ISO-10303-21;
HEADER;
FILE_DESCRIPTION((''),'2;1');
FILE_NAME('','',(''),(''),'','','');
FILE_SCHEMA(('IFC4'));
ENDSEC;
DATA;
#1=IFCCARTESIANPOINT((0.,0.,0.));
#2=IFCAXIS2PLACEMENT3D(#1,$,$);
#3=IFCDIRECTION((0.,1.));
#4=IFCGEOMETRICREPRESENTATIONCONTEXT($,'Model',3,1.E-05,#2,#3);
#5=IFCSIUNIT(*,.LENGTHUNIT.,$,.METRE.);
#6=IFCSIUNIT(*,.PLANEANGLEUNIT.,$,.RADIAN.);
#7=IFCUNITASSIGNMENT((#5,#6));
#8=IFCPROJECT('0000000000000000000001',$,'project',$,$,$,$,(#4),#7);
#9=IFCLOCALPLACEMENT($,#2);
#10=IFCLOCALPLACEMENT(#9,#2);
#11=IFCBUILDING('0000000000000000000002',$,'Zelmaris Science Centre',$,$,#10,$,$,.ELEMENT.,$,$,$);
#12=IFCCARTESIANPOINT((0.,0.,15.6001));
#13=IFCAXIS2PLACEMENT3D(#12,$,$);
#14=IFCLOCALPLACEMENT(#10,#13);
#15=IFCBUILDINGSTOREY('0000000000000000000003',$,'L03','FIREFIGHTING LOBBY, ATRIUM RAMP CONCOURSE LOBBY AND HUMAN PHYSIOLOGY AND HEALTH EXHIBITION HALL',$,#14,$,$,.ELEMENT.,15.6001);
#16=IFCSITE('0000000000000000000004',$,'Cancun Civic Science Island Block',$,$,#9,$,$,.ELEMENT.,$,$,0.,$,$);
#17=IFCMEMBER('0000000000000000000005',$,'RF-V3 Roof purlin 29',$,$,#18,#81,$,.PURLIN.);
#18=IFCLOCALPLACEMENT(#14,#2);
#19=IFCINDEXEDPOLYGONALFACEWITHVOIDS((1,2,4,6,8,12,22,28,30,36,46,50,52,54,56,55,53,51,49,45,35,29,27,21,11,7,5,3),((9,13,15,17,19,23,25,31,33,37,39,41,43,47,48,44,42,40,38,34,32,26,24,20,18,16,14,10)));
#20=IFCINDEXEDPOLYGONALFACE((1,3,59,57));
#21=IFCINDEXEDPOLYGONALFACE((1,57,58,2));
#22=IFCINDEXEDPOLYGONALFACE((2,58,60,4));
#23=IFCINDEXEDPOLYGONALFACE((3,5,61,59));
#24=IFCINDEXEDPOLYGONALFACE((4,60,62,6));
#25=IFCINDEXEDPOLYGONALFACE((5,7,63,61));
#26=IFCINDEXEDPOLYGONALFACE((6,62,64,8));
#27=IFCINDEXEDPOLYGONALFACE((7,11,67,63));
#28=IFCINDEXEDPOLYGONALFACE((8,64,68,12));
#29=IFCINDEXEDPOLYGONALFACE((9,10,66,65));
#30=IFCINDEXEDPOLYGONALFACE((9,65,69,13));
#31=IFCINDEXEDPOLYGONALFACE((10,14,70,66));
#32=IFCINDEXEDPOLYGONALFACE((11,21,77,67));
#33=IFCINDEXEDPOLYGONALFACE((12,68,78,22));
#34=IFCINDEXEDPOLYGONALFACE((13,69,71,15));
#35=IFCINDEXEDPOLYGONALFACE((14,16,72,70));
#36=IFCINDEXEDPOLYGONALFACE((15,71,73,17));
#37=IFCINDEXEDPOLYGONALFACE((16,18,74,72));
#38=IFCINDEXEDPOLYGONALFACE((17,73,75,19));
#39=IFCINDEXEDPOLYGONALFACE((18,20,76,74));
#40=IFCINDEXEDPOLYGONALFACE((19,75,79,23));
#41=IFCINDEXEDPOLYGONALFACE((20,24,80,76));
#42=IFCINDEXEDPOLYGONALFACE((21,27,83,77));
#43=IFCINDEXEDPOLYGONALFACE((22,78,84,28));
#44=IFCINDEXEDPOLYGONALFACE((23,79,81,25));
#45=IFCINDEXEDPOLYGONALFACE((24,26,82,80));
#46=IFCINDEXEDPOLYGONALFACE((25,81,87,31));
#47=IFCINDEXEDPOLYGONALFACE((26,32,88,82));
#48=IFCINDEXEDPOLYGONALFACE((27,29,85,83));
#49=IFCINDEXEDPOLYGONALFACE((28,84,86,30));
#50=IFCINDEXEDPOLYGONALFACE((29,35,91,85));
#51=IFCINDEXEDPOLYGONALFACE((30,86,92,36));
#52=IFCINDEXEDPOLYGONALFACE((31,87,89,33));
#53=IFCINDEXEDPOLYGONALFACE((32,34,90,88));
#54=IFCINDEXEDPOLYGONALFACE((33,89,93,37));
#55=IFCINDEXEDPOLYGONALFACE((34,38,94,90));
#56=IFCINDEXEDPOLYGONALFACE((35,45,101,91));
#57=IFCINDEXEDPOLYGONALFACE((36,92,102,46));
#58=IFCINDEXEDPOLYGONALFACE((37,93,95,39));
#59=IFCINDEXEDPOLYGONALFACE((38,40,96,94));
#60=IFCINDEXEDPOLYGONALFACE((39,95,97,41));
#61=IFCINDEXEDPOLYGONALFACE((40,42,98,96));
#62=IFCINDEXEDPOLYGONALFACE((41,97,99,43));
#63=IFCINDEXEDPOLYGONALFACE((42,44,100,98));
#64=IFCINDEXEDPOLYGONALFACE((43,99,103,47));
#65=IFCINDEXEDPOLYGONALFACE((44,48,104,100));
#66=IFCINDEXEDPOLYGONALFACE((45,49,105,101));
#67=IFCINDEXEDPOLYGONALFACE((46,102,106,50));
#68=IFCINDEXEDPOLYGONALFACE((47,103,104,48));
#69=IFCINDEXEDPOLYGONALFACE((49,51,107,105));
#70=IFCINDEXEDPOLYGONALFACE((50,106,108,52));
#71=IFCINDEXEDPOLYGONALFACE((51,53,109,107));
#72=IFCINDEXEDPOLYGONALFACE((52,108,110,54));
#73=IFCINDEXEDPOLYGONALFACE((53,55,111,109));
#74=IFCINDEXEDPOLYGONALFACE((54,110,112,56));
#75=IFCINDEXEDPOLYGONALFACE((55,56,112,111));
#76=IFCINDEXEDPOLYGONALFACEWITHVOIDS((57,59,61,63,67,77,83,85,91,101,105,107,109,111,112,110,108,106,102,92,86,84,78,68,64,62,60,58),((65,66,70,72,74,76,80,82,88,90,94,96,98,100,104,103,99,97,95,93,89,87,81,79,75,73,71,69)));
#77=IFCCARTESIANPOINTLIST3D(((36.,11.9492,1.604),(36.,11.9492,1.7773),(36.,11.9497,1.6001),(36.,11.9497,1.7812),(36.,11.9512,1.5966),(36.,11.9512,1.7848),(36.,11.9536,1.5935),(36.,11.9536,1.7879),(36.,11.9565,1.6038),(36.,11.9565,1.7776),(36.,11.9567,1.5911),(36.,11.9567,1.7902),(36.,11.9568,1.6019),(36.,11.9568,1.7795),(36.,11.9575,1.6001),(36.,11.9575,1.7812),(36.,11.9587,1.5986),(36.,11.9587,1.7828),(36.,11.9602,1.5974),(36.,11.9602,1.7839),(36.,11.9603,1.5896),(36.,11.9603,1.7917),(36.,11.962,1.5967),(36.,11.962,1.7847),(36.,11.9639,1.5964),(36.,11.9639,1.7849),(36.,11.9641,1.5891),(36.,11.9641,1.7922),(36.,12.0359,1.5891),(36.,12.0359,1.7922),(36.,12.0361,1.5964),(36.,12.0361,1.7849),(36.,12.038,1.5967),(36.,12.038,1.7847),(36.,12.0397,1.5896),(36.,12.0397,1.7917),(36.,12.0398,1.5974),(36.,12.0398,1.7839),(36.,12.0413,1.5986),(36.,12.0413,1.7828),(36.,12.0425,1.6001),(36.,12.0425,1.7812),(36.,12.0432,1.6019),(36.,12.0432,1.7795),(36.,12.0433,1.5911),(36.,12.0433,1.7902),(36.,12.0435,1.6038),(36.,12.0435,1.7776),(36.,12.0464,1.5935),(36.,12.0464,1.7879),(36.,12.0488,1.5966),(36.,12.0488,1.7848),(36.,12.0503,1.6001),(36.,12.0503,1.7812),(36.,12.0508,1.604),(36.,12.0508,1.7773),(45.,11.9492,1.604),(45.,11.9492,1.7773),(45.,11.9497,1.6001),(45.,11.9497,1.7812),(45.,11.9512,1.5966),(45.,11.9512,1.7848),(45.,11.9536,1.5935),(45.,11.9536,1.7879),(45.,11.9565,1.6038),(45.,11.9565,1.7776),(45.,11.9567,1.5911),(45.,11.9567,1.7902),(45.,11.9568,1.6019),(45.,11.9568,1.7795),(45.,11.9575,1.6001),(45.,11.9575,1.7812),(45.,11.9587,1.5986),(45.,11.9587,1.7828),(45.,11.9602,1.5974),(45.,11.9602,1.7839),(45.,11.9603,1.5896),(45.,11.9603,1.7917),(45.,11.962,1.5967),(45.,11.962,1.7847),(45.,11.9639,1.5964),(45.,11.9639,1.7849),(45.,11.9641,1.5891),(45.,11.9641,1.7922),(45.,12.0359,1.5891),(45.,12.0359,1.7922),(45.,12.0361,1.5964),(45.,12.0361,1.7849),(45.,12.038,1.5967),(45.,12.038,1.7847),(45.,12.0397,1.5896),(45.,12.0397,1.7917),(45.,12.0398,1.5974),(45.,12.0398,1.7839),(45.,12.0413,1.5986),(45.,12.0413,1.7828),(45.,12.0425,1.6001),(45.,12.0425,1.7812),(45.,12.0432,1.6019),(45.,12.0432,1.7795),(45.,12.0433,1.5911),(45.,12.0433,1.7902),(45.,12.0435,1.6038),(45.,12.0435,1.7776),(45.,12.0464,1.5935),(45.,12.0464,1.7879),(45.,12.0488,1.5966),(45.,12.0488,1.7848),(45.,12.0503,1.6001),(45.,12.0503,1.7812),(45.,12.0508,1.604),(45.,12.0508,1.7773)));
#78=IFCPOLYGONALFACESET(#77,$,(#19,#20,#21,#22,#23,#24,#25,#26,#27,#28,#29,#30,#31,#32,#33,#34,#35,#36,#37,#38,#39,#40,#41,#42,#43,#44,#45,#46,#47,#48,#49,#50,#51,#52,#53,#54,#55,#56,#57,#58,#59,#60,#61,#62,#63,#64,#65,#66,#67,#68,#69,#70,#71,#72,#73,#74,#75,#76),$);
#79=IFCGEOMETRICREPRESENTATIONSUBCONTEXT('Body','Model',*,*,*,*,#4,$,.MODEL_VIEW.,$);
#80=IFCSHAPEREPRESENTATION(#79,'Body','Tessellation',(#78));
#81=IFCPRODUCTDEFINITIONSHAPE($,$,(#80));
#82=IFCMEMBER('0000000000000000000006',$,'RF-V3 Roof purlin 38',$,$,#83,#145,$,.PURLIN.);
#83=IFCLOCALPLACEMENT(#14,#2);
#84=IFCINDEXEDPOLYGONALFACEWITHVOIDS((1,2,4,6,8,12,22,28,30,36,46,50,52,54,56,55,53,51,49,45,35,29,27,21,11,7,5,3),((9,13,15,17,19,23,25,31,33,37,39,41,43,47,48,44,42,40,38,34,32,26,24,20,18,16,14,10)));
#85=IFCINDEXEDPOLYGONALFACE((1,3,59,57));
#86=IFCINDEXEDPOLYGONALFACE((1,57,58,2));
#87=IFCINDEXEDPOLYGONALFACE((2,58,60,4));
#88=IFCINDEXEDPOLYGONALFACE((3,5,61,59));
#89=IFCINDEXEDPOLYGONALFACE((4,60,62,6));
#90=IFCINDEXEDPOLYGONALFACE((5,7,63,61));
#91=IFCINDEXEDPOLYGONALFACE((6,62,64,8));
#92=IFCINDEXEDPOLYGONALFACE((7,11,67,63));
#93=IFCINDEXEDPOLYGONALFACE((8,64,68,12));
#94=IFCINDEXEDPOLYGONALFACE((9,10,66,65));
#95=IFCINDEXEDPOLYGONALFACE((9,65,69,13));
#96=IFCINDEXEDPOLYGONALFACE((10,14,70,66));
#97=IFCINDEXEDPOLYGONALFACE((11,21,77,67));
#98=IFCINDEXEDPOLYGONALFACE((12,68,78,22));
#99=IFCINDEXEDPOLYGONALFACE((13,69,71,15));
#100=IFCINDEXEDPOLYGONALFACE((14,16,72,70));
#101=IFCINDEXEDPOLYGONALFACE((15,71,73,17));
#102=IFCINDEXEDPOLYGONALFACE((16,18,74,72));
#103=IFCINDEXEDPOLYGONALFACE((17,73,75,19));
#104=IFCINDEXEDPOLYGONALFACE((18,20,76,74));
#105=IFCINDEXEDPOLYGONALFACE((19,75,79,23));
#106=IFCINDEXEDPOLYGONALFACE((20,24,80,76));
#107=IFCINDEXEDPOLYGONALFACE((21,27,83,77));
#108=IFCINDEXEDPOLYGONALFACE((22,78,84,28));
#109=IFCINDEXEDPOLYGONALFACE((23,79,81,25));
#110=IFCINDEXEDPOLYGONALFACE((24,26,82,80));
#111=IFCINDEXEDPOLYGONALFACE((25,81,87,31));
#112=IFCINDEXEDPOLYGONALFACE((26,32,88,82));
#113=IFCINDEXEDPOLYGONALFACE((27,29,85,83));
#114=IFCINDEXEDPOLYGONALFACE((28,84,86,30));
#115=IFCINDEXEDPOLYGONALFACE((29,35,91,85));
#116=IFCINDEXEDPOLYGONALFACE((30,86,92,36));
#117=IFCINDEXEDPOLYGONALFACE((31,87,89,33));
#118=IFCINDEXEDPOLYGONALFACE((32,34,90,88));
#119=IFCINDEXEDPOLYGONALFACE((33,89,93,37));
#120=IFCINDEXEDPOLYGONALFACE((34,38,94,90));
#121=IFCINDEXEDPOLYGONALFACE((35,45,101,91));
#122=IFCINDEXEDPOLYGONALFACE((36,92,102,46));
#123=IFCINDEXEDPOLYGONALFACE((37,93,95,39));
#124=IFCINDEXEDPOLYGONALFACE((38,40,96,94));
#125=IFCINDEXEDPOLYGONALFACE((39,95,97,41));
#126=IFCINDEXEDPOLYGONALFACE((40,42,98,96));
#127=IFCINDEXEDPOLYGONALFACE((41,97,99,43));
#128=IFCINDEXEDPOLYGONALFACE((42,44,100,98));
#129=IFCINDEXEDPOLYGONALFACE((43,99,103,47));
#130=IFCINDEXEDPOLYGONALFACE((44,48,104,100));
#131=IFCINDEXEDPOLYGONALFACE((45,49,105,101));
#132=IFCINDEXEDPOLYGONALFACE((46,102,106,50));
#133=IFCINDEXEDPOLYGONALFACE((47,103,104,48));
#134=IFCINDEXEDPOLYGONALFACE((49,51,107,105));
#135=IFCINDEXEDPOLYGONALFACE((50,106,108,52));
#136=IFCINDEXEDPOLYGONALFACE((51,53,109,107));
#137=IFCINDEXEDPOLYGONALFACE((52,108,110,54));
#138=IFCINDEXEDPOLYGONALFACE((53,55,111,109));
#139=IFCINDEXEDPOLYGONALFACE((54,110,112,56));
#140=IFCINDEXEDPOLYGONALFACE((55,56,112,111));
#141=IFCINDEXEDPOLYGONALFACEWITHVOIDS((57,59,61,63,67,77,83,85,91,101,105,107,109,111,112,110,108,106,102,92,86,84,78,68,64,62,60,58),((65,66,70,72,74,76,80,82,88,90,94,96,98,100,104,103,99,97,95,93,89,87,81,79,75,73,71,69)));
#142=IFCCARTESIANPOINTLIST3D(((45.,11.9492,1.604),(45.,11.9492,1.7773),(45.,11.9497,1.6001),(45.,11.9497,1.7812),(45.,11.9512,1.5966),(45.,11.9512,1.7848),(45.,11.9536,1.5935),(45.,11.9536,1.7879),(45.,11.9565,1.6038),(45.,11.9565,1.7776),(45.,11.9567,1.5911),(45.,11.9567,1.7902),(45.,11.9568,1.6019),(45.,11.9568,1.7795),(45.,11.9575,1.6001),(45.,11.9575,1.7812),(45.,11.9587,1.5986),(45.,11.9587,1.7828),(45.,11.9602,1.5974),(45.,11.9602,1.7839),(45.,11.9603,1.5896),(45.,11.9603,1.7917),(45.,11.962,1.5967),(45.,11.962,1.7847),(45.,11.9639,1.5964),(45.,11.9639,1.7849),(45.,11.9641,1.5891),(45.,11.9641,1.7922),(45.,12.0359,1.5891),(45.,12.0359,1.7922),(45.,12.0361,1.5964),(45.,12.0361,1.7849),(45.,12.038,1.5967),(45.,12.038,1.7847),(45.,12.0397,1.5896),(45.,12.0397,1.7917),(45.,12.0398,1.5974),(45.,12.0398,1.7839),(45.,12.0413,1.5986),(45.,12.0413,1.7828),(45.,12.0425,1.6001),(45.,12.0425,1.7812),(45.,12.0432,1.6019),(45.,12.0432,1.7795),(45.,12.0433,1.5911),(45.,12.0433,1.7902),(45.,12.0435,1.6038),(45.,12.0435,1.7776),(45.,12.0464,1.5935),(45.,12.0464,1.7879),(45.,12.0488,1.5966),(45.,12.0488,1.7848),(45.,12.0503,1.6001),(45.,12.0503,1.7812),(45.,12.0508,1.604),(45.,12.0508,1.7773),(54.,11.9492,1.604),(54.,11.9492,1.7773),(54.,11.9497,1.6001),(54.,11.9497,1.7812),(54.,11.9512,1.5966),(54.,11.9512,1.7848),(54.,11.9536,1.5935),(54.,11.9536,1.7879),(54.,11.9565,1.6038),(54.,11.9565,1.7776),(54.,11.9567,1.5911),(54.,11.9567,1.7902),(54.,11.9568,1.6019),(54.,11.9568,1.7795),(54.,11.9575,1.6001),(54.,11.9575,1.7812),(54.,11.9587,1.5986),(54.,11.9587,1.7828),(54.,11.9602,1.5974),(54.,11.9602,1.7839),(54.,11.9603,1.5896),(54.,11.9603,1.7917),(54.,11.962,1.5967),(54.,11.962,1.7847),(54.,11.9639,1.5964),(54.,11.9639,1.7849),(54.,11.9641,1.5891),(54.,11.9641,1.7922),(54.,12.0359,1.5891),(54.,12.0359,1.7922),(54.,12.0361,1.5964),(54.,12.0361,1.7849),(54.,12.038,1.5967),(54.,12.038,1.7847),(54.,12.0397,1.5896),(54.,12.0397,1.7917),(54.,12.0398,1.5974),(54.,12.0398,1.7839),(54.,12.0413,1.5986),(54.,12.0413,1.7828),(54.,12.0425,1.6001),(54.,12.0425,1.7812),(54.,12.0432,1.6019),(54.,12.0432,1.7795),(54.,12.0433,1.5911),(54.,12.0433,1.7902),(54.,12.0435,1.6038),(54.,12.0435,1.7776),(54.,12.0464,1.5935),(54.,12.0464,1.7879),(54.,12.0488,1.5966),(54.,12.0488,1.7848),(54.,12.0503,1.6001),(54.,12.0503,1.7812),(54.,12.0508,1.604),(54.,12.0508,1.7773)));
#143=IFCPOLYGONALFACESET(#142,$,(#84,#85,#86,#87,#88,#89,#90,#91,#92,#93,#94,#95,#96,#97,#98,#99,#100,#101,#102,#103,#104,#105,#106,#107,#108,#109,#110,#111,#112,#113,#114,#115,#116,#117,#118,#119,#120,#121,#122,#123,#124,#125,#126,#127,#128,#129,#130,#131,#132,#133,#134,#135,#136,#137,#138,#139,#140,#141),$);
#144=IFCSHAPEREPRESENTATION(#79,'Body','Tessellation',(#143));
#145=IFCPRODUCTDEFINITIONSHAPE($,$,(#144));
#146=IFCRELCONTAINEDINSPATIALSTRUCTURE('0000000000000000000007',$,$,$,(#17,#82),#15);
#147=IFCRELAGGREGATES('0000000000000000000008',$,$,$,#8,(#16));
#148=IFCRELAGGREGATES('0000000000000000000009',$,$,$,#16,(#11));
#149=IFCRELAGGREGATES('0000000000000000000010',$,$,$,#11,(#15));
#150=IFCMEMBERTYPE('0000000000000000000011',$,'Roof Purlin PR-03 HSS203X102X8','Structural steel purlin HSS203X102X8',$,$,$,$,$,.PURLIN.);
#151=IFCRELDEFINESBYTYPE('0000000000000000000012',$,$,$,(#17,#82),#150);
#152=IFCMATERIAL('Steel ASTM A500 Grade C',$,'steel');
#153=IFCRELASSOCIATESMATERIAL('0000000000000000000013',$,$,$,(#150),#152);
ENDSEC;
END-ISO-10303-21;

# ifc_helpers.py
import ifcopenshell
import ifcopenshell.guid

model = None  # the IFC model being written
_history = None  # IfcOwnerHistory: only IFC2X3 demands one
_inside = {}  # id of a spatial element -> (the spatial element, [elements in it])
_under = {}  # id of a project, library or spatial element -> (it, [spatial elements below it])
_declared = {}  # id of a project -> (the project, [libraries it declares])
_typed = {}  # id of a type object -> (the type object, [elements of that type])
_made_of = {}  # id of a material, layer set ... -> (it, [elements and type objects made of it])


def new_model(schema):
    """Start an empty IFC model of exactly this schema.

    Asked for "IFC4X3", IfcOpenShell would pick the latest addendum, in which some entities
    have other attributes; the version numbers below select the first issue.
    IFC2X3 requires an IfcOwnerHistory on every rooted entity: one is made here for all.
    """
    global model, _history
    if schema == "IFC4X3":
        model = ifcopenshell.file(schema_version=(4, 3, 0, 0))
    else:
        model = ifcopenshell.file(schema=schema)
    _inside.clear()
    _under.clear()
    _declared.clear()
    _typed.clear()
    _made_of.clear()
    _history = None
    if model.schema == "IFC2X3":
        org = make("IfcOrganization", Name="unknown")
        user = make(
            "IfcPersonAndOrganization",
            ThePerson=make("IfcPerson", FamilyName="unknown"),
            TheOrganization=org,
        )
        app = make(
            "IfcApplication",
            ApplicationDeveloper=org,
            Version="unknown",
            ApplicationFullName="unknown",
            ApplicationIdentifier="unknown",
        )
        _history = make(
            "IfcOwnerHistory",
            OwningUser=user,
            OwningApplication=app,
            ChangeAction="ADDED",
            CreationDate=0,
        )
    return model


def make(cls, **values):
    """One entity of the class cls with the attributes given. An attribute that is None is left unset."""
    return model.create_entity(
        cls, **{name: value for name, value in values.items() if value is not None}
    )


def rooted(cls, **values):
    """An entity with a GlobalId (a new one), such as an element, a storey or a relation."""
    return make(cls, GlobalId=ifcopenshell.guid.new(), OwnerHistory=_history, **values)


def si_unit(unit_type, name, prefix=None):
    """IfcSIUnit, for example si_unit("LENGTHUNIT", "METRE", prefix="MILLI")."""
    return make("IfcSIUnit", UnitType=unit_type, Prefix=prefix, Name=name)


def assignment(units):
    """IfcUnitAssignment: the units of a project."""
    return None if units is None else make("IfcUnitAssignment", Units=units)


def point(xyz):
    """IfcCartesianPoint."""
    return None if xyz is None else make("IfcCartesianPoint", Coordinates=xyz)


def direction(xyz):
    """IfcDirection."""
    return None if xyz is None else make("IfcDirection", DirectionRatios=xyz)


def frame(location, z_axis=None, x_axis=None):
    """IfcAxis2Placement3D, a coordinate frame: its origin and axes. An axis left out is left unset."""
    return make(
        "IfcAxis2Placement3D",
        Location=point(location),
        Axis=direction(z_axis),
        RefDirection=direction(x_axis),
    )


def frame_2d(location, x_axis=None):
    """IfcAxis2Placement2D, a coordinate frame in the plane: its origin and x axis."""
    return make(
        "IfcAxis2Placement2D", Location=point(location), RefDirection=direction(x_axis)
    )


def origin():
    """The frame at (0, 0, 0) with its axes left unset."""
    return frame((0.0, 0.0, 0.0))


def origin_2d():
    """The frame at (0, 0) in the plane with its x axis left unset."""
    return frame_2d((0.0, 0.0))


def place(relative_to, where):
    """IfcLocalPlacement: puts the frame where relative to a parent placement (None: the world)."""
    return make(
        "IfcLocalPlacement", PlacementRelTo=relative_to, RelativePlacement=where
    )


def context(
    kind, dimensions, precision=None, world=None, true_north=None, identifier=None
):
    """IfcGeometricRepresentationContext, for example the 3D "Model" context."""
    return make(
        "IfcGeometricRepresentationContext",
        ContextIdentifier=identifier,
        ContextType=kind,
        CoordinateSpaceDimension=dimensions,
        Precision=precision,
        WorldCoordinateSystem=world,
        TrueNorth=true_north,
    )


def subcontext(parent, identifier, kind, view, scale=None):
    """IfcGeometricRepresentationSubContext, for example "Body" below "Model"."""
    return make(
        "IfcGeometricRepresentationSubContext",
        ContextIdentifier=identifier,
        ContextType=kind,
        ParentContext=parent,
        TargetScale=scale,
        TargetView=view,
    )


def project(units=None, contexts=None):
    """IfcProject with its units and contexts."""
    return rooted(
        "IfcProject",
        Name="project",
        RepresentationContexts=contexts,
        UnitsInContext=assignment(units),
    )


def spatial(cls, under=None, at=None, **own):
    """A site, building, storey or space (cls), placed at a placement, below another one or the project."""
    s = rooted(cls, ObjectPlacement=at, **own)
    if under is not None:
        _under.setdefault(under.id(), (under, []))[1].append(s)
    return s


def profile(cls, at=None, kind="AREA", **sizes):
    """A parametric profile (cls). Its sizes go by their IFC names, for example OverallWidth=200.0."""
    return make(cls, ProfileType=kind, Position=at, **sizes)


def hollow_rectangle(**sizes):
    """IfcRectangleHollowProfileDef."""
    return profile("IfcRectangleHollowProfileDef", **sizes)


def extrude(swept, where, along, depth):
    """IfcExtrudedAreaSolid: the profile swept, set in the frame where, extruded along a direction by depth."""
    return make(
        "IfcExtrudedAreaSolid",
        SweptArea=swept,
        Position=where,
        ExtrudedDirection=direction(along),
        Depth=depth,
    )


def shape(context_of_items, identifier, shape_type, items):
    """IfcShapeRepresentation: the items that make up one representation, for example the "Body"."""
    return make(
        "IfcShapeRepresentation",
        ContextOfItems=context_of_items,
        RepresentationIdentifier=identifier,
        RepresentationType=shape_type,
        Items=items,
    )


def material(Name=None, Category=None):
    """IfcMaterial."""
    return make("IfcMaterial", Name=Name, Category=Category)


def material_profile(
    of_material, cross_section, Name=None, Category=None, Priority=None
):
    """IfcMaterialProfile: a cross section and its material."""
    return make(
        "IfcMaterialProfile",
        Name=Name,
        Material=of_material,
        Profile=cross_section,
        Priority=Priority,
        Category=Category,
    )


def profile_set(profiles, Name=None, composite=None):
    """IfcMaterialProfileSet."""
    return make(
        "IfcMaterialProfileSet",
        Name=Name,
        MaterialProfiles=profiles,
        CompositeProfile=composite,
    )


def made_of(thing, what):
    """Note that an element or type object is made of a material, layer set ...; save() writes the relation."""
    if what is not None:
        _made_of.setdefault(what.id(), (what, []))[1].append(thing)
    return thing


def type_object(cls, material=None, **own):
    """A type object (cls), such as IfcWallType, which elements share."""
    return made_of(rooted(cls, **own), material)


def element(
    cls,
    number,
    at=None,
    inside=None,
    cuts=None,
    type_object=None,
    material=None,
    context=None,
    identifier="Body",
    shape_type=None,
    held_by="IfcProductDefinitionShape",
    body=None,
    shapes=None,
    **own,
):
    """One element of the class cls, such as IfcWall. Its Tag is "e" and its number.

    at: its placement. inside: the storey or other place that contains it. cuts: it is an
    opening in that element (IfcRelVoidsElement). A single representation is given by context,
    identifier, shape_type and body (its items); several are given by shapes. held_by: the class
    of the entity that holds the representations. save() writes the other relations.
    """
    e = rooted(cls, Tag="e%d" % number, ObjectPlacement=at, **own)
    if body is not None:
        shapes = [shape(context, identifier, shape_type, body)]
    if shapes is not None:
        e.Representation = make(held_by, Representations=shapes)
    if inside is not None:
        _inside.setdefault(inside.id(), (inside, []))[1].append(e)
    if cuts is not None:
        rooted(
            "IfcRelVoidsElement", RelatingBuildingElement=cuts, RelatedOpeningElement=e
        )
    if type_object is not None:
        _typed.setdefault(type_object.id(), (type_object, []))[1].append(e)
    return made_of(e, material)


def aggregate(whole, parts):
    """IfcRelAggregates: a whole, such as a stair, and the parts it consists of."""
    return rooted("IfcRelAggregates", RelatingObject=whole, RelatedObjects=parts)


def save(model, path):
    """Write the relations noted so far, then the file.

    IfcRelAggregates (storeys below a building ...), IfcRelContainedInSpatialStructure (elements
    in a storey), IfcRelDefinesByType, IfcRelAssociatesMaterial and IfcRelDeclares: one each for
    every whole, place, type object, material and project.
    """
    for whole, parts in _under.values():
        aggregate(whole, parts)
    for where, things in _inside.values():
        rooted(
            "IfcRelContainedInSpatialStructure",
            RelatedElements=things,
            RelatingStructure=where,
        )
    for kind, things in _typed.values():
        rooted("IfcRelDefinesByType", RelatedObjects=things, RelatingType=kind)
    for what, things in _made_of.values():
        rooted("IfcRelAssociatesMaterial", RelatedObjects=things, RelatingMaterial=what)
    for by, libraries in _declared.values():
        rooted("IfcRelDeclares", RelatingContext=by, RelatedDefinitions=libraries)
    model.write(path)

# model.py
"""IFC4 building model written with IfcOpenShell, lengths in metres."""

from ifc_helpers import new_model, si_unit, direction, frame, origin, origin_2d, place, context, subcontext, project, spatial, hollow_rectangle, extrude, material, material_profile, profile_set, type_object, element, save


model = new_model("IFC4")

# Units and contexts
model_context = context("Model", 3, precision=1e-05, world=origin(), true_north=direction((0.0, 1.0)))
body_context = subcontext(model_context, "Body", "Model", "MODEL_VIEW")
ifc_project = project(units=[si_unit("LENGTHUNIT", "METRE"), si_unit("PLANEANGLEUNIT", "RADIAN")], contexts=[model_context])

# Site, building, storey
site_placement = place(None, origin())
site = spatial("IfcSite", under=ifc_project, at=site_placement, Name="Cancun Civic Science Island Block", CompositionType="ELEMENT", RefElevation=0.0)
building_placement = place(site_placement, origin())
building = spatial("IfcBuilding", under=site, at=building_placement, Name="Zelmaris Science Centre", CompositionType="ELEMENT")
storey_placement = place(building_placement, frame((0.0, 0.0, 15.6001)))
storey = spatial("IfcBuildingStorey", under=building, at=storey_placement, Name="L03", Description="FIREFIGHTING LOBBY, ATRIUM RAMP CONCOURSE LOBBY AND HUMAN PHYSIOLOGY AND HEALTH EXHIBITION HALL", CompositionType="ELEMENT", Elevation=15.6001)

# Shared definitions
ifc_material = material(Name="Steel ASTM A500 Grade C", Category="steel")

# Members
ifc_material_profile_1 = material_profile(ifc_material, hollow_rectangle(XDim=0.1016, YDim=0.2031, WallThickness=0.0073, InnerFilletRadius=0.0073, OuterFilletRadius=0.0149, at=origin_2d()), Name="HSS203X102X8")
ifc_profile_set_1 = profile_set([ifc_material_profile_1], Name="Steel ASTM A500 Grade C")
member_type_1 = type_object("IfcMemberType", Name="Roof Purlin PR-03 HSS203X102X8", Description="Structural steel purlin HSS203X102X8", PredefinedType="PURLIN", material=ifc_profile_set_1)
for number, where, z_axis, x_axis, name in (
    (1, (36.0, 12.0, 1.6907), (1.0, 0.0, 0.0), (0.0, 1.0, 0.0), "RF-V3 Roof purlin 29"),
    (2, (45.0, 12.0, 1.6907), (1.0, 0.0, 0.0), (0.0, 1.0, 0.0), "RF-V3 Roof purlin 38"),
):
    element("IfcMember", number, at=place(storey_placement, frame(where, z_axis=z_axis, x_axis=x_axis)), inside=storey, type_object=member_type_1, Name=name, PredefinedType="PURLIN", context=body_context, shape_type="SweptSolid", body=[
        extrude(hollow_rectangle(XDim=0.1016, YDim=0.2031, WallThickness=0.0073, InnerFilletRadius=0.0073, OuterFilletRadius=0.0149, at=origin_2d()), origin(), (0.0, 0.0, 1.0), 9.0),
    ])

save(model, "model.ifc")
